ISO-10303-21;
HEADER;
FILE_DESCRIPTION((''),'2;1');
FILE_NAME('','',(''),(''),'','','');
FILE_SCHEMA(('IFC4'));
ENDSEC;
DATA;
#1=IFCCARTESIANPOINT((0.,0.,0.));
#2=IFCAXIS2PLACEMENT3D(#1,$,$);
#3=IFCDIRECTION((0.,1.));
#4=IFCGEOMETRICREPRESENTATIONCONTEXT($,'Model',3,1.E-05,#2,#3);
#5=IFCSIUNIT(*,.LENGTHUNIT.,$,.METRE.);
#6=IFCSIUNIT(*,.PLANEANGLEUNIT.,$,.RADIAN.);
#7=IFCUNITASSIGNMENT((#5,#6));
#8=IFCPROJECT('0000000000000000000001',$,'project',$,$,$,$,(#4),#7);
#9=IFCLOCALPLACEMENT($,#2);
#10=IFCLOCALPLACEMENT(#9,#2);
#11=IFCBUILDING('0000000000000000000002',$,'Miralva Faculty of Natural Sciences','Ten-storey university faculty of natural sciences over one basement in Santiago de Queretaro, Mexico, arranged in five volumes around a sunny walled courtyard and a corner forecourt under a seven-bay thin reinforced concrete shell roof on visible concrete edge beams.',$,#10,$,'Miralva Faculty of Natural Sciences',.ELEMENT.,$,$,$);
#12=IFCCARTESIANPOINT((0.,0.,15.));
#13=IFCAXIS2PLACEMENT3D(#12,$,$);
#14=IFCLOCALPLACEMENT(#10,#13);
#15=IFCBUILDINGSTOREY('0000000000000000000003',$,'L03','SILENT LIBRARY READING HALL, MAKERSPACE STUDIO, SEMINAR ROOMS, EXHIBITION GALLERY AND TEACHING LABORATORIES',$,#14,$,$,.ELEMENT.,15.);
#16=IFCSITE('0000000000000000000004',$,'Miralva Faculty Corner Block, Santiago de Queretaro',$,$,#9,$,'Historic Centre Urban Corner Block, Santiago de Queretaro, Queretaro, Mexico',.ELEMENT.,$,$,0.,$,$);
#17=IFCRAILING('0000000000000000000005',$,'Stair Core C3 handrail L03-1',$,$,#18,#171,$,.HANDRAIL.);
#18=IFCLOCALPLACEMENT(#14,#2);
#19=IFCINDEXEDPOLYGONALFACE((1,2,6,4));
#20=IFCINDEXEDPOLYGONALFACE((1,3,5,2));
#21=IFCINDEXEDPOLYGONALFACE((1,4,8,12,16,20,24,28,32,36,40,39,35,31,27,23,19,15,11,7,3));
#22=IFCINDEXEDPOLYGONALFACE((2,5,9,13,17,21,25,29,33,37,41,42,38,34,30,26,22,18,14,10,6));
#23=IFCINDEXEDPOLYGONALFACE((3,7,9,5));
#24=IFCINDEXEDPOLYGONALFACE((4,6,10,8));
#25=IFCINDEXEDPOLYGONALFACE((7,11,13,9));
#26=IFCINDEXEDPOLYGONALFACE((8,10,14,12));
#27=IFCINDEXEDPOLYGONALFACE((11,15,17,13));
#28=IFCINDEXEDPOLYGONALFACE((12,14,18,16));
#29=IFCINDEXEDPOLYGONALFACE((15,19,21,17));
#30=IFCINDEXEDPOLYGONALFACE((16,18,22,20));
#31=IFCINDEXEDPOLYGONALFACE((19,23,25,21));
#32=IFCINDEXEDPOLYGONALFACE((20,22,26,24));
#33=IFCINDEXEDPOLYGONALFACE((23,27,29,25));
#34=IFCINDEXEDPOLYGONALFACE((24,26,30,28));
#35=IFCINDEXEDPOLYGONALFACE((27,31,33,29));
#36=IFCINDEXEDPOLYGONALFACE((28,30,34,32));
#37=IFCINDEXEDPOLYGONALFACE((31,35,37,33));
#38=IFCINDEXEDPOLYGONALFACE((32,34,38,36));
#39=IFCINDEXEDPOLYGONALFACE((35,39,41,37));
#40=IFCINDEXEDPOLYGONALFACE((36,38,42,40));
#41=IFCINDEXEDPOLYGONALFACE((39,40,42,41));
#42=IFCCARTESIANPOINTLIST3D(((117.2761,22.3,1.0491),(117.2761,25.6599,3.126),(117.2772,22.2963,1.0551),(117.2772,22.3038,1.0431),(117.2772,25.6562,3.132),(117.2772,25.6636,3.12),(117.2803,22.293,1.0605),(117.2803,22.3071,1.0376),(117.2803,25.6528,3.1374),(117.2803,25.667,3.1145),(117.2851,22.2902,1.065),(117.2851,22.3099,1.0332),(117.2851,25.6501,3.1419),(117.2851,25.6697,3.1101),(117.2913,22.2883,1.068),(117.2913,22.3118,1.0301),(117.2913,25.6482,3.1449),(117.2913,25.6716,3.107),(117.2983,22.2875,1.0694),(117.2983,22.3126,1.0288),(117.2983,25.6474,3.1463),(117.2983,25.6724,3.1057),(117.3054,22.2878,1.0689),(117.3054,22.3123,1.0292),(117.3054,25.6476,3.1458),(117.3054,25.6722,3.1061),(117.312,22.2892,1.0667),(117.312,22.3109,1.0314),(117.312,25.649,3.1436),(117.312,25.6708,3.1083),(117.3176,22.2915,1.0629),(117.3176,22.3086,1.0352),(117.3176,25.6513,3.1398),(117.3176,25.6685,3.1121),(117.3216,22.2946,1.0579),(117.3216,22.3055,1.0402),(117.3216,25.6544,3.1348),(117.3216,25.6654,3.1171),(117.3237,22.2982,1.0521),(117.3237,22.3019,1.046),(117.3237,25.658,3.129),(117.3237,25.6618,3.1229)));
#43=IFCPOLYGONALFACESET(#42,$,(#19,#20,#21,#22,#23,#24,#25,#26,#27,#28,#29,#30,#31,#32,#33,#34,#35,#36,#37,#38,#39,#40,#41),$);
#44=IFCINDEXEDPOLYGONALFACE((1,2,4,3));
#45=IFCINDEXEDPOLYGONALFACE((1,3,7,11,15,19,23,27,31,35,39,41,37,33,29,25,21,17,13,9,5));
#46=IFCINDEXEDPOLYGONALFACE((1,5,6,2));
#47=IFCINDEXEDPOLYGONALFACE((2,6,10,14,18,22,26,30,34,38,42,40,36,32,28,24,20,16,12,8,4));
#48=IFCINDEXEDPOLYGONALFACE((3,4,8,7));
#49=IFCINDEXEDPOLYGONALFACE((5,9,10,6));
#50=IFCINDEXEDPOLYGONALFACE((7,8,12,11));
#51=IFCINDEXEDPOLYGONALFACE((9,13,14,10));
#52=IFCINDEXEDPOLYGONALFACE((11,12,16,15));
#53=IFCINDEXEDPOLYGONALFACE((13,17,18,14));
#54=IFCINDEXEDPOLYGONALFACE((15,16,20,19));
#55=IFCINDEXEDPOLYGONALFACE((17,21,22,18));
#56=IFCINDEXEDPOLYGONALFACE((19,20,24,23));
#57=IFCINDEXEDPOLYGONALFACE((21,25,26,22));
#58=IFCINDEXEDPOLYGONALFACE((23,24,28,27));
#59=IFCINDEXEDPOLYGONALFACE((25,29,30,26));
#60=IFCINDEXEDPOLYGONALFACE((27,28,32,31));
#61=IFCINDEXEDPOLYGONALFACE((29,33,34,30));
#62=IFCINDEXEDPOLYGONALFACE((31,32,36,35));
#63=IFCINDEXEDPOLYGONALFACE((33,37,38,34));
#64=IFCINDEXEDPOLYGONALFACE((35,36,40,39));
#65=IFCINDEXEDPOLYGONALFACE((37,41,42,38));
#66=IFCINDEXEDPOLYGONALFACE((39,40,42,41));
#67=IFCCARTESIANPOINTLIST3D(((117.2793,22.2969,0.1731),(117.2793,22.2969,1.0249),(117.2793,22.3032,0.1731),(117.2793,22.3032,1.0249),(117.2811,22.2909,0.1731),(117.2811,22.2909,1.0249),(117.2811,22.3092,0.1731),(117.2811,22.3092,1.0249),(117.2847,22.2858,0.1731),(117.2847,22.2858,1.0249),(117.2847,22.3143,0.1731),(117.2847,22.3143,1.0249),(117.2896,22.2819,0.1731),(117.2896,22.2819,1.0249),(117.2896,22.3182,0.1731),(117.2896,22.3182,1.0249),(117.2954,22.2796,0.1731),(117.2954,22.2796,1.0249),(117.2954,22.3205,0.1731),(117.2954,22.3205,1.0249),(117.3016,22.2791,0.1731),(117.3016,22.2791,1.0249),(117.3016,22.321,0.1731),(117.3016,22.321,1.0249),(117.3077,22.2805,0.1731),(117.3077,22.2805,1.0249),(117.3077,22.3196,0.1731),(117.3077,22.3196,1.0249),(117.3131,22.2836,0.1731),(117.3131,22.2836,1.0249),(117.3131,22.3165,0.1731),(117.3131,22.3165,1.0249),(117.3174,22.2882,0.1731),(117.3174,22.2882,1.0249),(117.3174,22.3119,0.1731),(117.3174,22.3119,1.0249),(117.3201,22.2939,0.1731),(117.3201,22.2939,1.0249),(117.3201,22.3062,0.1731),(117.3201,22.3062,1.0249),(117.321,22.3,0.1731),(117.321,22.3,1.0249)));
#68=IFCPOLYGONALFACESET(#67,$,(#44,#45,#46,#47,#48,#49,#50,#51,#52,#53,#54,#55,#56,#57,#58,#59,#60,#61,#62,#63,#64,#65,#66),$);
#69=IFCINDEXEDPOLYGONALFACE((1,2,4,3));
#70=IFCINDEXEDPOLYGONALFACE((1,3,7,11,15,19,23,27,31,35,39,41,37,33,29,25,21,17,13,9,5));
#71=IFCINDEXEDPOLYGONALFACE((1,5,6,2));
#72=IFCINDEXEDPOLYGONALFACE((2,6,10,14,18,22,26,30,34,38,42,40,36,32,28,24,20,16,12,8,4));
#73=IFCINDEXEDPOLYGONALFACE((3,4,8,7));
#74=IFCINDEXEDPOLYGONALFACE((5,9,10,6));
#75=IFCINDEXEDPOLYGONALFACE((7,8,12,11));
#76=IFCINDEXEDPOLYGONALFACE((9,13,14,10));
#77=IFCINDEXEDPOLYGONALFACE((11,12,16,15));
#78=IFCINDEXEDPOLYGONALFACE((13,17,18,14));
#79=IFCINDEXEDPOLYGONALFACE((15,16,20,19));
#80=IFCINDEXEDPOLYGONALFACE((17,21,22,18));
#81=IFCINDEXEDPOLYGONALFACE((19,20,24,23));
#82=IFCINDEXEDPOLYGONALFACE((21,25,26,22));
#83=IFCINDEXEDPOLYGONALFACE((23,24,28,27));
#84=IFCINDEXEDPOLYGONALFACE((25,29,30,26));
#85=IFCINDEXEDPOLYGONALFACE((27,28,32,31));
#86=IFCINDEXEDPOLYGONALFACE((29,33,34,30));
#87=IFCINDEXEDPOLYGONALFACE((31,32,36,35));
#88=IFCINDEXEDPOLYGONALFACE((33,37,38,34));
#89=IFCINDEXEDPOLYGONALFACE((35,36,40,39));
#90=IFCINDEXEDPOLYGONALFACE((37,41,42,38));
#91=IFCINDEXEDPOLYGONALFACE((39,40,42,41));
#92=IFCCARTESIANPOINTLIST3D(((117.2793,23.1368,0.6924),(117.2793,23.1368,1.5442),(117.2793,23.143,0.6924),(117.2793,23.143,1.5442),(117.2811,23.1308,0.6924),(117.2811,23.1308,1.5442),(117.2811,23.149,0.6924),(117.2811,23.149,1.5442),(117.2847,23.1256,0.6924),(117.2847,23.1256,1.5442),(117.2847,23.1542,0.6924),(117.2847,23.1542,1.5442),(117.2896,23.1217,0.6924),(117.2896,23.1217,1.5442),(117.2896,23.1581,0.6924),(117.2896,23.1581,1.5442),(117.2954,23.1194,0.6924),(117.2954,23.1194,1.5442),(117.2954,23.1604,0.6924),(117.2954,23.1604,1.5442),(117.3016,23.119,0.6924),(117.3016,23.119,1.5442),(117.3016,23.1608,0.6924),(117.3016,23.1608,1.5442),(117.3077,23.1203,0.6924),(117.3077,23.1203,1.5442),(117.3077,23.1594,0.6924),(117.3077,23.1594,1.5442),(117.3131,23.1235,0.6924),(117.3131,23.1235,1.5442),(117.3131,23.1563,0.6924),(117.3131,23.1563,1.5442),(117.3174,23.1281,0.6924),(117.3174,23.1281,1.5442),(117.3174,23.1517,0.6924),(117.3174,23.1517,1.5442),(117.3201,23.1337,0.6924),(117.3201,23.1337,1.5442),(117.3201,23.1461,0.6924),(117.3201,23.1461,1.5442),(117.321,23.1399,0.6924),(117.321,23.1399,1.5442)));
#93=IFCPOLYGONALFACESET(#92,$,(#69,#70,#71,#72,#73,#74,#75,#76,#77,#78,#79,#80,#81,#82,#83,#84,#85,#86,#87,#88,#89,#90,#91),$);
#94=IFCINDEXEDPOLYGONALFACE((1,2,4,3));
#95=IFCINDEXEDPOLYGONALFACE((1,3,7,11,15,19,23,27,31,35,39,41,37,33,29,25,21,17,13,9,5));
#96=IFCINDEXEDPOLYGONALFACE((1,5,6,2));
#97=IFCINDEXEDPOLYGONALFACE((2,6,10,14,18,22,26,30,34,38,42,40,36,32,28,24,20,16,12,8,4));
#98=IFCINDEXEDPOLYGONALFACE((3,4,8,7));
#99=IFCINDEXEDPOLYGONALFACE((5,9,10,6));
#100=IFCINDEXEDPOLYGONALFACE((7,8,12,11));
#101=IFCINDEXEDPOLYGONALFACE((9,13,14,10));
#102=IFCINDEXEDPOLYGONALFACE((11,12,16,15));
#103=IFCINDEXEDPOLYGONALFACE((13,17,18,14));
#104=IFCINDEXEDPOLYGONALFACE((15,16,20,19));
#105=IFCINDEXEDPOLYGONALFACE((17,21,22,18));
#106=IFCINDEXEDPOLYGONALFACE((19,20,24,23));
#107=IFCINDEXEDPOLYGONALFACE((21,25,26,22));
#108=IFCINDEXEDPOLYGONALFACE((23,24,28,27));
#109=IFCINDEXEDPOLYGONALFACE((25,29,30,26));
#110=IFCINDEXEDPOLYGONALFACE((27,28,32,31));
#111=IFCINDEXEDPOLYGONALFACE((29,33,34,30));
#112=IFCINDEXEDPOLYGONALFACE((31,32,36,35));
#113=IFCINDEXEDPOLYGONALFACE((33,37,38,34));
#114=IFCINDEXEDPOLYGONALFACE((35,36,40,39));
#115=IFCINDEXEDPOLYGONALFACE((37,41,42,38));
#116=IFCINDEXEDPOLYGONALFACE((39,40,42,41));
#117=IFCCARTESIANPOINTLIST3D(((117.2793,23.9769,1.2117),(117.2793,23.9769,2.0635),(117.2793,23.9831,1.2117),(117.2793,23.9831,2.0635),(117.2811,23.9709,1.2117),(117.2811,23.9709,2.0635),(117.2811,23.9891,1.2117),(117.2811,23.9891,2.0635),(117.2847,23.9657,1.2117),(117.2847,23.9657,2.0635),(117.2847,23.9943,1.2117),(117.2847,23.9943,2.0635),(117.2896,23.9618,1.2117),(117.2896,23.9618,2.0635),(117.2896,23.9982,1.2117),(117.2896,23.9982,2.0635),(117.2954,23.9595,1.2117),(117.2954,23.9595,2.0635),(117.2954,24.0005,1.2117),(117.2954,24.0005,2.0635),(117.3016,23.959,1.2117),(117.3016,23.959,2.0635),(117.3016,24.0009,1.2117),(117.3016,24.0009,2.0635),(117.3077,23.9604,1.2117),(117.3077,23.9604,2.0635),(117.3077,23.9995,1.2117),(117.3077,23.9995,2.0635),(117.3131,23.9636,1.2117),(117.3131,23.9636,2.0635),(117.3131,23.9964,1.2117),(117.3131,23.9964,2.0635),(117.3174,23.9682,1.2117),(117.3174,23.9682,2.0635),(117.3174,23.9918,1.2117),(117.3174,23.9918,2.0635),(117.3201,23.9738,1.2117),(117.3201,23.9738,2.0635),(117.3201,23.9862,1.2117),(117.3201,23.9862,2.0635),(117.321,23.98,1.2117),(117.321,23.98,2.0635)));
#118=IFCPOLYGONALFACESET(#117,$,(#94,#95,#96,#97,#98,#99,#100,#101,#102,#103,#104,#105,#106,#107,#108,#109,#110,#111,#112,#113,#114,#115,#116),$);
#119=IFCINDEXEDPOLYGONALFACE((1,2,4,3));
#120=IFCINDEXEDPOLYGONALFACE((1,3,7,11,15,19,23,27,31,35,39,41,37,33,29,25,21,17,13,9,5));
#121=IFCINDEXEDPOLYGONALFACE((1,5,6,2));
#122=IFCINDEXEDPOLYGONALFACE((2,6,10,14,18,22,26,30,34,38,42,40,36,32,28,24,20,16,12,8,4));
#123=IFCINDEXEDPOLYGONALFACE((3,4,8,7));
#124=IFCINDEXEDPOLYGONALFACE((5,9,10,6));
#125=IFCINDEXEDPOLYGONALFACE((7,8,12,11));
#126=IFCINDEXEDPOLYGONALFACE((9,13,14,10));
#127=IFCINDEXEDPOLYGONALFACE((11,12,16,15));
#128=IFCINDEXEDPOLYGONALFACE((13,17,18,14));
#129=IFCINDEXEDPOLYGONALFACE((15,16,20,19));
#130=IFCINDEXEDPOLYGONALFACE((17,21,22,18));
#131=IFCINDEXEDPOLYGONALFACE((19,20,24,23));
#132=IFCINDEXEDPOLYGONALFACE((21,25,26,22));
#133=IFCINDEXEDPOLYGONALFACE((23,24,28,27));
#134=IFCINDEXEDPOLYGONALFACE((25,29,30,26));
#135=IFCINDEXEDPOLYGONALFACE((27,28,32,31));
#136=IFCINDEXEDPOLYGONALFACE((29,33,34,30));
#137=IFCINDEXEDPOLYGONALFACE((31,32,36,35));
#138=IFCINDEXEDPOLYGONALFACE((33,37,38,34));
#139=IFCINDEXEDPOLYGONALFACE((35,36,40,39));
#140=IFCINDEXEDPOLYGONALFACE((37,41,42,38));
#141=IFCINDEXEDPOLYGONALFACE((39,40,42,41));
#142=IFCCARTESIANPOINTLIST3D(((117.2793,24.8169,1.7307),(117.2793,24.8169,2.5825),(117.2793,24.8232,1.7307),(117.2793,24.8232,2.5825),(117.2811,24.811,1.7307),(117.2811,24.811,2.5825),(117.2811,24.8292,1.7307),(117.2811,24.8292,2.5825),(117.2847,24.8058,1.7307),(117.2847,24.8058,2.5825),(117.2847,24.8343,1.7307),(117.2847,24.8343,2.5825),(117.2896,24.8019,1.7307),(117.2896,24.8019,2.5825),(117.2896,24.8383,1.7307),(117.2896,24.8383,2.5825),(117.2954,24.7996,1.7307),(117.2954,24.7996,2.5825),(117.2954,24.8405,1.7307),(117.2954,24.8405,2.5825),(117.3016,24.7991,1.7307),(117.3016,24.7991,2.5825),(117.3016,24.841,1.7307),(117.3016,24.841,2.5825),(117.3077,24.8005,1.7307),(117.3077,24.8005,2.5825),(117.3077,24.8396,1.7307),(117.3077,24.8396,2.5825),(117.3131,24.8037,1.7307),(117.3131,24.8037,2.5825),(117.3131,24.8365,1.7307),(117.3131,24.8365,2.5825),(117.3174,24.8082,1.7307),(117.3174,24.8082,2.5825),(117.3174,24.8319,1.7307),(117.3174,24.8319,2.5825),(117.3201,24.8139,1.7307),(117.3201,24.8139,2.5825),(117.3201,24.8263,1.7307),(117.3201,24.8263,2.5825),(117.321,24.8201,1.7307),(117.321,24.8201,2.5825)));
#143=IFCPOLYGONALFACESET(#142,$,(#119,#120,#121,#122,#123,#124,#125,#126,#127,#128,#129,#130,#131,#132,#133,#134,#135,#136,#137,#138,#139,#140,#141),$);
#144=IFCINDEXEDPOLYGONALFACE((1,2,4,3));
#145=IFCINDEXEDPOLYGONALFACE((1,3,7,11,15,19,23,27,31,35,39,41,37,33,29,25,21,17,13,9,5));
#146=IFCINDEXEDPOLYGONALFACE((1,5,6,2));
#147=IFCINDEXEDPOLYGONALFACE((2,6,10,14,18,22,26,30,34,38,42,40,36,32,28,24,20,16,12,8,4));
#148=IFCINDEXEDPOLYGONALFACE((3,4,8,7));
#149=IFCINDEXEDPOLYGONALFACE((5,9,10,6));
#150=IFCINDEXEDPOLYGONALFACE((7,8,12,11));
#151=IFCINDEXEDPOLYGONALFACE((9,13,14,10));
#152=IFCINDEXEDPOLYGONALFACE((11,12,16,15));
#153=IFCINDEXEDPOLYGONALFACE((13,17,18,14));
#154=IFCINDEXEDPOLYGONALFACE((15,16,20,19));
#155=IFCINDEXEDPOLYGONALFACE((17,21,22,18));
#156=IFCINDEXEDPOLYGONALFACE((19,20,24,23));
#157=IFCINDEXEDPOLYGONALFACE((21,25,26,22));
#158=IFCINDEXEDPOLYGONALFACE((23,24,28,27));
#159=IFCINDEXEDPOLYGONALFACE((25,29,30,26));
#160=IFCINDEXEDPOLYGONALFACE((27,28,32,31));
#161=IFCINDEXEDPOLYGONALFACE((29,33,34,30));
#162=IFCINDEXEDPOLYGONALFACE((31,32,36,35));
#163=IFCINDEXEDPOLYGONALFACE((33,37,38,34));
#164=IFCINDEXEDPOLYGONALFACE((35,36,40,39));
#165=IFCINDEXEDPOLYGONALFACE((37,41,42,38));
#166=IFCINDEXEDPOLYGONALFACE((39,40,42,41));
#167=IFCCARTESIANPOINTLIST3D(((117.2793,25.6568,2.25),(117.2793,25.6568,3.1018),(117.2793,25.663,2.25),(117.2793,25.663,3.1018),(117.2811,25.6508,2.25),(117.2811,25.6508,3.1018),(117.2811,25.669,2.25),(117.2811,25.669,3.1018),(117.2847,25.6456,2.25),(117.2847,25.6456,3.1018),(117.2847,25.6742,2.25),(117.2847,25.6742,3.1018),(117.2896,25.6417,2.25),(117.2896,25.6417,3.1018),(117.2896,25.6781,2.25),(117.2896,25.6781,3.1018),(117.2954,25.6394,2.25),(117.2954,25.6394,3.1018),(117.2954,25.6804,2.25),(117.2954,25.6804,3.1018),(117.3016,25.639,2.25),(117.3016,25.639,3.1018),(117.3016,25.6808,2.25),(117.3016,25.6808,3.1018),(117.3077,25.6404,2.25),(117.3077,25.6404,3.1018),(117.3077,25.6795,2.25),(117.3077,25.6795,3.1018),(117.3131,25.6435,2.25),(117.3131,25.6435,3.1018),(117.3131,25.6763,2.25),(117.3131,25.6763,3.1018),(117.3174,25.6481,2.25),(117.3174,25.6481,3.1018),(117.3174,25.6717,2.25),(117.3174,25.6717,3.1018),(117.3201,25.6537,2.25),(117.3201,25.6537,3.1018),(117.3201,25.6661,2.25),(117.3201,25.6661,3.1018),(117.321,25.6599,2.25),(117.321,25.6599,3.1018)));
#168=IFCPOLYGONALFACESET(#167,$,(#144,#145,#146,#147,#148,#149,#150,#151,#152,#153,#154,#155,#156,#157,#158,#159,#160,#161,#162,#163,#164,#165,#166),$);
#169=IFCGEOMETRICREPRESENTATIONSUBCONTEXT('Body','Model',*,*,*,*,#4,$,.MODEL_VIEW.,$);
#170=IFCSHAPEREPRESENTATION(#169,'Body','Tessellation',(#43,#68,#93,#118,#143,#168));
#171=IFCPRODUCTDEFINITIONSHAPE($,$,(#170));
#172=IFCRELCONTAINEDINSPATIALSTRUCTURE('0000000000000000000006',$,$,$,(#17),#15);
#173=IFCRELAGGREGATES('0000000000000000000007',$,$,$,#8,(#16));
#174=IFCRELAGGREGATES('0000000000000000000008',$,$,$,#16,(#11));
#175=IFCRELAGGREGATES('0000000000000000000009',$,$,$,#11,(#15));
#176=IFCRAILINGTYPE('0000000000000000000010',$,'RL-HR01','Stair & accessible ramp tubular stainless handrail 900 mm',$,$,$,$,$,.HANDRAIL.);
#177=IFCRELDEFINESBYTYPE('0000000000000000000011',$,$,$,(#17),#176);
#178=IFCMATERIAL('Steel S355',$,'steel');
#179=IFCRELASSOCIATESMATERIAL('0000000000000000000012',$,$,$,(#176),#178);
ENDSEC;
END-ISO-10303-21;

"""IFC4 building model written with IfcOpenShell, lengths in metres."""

from ifc_helpers import new_model, si_unit, direction, frame, origin, origin_2d, place, context, subcontext, project, spatial, circle, extrude, material, type_object, element, save


model = new_model("IFC4")

# Units and contexts
model_context = context("Model", 3, precision=1e-05, world=origin(), true_north=direction((0.0, 1.0)))
body_context = subcontext(model_context, "Body", "Model", "MODEL_VIEW")
ifc_project = project(units=[si_unit("LENGTHUNIT", "METRE"), si_unit("PLANEANGLEUNIT", "RADIAN")], contexts=[model_context])

# Site, building, storey
site_placement = place(None, origin())
site = spatial("IfcSite", under=ifc_project, at=site_placement, Name="Miralva Faculty Corner Block, Santiago de Queretaro", LongName="Historic Centre Urban Corner Block, Santiago de Queretaro, Queretaro, Mexico", CompositionType="ELEMENT", RefElevation=0.0)
building_placement = place(site_placement, origin())
building = spatial("IfcBuilding", under=site, at=building_placement, Name="Miralva Faculty of Natural Sciences", Description="Ten-storey university faculty of natural sciences over one basement in Santiago de Queretaro, Mexico, arranged in five volumes around a sunny walled courtyard and a corner forecourt under a seven-bay thin reinforced concrete shell roof on visible concrete edge beams.", LongName="Miralva Faculty of Natural Sciences", CompositionType="ELEMENT")
storey_placement = place(building_placement, frame((0.0, 0.0, 15.0)))
storey = spatial("IfcBuildingStorey", under=building, at=storey_placement, Name="L03", Description="SILENT LIBRARY READING HALL, MAKERSPACE STUDIO, SEMINAR ROOMS, EXHIBITION GALLERY AND TEACHING LABORATORIES", CompositionType="ELEMENT", Elevation=15.0)

# Railing
ifc_material_1 = material(Name="Steel S355", Category="steel")
railing_type_1 = type_object("IfcRailingType", Name="RL-HR01", Description="Stair & accessible ramp tubular stainless handrail 900 mm", PredefinedType="HANDRAIL", material=ifc_material_1)
railing_1_placement = place(storey_placement, frame((117.3, 22.3, 0.1731)))
element("IfcRailing", 1, at=railing_1_placement, inside=storey, type_object=railing_type_1, Name="Stair Core C3 handrail L03-1", PredefinedType="HANDRAIL", context=body_context, shape_type="SweptSolid", body=[
    extrude(circle(Radius=0.0239, at=origin_2d()), frame((0.0, 0.0, 0.876), z_axis=(0.0, 0.850606, 0.525803), x_axis=(-1.0, 0.0, 0.0)), (0.0, 0.0, 1.0), 3.95),
    extrude(circle(Radius=0.021, at=origin_2d()), origin(), (0.0, 0.0, 1.0), 0.8518),
    extrude(circle(Radius=0.021, at=origin_2d()), frame((0.0, 0.8398, 0.5193)), (0.0, 0.0, 1.0), 0.8518),
    extrude(circle(Radius=0.021, at=origin_2d()), frame((0.0, 1.6799, 1.0386)), (0.0, 0.0, 1.0), 0.8518),
    extrude(circle(Radius=0.021, at=origin_2d()), frame((0.0, 2.52, 1.5576)), (0.0, 0.0, 1.0), 0.8518),
    extrude(circle(Radius=0.021, at=origin_2d()), frame((0.0, 3.3599, 2.0769)), (0.0, 0.0, 1.0), 0.8518),
])

save(model, "model.ifc")
